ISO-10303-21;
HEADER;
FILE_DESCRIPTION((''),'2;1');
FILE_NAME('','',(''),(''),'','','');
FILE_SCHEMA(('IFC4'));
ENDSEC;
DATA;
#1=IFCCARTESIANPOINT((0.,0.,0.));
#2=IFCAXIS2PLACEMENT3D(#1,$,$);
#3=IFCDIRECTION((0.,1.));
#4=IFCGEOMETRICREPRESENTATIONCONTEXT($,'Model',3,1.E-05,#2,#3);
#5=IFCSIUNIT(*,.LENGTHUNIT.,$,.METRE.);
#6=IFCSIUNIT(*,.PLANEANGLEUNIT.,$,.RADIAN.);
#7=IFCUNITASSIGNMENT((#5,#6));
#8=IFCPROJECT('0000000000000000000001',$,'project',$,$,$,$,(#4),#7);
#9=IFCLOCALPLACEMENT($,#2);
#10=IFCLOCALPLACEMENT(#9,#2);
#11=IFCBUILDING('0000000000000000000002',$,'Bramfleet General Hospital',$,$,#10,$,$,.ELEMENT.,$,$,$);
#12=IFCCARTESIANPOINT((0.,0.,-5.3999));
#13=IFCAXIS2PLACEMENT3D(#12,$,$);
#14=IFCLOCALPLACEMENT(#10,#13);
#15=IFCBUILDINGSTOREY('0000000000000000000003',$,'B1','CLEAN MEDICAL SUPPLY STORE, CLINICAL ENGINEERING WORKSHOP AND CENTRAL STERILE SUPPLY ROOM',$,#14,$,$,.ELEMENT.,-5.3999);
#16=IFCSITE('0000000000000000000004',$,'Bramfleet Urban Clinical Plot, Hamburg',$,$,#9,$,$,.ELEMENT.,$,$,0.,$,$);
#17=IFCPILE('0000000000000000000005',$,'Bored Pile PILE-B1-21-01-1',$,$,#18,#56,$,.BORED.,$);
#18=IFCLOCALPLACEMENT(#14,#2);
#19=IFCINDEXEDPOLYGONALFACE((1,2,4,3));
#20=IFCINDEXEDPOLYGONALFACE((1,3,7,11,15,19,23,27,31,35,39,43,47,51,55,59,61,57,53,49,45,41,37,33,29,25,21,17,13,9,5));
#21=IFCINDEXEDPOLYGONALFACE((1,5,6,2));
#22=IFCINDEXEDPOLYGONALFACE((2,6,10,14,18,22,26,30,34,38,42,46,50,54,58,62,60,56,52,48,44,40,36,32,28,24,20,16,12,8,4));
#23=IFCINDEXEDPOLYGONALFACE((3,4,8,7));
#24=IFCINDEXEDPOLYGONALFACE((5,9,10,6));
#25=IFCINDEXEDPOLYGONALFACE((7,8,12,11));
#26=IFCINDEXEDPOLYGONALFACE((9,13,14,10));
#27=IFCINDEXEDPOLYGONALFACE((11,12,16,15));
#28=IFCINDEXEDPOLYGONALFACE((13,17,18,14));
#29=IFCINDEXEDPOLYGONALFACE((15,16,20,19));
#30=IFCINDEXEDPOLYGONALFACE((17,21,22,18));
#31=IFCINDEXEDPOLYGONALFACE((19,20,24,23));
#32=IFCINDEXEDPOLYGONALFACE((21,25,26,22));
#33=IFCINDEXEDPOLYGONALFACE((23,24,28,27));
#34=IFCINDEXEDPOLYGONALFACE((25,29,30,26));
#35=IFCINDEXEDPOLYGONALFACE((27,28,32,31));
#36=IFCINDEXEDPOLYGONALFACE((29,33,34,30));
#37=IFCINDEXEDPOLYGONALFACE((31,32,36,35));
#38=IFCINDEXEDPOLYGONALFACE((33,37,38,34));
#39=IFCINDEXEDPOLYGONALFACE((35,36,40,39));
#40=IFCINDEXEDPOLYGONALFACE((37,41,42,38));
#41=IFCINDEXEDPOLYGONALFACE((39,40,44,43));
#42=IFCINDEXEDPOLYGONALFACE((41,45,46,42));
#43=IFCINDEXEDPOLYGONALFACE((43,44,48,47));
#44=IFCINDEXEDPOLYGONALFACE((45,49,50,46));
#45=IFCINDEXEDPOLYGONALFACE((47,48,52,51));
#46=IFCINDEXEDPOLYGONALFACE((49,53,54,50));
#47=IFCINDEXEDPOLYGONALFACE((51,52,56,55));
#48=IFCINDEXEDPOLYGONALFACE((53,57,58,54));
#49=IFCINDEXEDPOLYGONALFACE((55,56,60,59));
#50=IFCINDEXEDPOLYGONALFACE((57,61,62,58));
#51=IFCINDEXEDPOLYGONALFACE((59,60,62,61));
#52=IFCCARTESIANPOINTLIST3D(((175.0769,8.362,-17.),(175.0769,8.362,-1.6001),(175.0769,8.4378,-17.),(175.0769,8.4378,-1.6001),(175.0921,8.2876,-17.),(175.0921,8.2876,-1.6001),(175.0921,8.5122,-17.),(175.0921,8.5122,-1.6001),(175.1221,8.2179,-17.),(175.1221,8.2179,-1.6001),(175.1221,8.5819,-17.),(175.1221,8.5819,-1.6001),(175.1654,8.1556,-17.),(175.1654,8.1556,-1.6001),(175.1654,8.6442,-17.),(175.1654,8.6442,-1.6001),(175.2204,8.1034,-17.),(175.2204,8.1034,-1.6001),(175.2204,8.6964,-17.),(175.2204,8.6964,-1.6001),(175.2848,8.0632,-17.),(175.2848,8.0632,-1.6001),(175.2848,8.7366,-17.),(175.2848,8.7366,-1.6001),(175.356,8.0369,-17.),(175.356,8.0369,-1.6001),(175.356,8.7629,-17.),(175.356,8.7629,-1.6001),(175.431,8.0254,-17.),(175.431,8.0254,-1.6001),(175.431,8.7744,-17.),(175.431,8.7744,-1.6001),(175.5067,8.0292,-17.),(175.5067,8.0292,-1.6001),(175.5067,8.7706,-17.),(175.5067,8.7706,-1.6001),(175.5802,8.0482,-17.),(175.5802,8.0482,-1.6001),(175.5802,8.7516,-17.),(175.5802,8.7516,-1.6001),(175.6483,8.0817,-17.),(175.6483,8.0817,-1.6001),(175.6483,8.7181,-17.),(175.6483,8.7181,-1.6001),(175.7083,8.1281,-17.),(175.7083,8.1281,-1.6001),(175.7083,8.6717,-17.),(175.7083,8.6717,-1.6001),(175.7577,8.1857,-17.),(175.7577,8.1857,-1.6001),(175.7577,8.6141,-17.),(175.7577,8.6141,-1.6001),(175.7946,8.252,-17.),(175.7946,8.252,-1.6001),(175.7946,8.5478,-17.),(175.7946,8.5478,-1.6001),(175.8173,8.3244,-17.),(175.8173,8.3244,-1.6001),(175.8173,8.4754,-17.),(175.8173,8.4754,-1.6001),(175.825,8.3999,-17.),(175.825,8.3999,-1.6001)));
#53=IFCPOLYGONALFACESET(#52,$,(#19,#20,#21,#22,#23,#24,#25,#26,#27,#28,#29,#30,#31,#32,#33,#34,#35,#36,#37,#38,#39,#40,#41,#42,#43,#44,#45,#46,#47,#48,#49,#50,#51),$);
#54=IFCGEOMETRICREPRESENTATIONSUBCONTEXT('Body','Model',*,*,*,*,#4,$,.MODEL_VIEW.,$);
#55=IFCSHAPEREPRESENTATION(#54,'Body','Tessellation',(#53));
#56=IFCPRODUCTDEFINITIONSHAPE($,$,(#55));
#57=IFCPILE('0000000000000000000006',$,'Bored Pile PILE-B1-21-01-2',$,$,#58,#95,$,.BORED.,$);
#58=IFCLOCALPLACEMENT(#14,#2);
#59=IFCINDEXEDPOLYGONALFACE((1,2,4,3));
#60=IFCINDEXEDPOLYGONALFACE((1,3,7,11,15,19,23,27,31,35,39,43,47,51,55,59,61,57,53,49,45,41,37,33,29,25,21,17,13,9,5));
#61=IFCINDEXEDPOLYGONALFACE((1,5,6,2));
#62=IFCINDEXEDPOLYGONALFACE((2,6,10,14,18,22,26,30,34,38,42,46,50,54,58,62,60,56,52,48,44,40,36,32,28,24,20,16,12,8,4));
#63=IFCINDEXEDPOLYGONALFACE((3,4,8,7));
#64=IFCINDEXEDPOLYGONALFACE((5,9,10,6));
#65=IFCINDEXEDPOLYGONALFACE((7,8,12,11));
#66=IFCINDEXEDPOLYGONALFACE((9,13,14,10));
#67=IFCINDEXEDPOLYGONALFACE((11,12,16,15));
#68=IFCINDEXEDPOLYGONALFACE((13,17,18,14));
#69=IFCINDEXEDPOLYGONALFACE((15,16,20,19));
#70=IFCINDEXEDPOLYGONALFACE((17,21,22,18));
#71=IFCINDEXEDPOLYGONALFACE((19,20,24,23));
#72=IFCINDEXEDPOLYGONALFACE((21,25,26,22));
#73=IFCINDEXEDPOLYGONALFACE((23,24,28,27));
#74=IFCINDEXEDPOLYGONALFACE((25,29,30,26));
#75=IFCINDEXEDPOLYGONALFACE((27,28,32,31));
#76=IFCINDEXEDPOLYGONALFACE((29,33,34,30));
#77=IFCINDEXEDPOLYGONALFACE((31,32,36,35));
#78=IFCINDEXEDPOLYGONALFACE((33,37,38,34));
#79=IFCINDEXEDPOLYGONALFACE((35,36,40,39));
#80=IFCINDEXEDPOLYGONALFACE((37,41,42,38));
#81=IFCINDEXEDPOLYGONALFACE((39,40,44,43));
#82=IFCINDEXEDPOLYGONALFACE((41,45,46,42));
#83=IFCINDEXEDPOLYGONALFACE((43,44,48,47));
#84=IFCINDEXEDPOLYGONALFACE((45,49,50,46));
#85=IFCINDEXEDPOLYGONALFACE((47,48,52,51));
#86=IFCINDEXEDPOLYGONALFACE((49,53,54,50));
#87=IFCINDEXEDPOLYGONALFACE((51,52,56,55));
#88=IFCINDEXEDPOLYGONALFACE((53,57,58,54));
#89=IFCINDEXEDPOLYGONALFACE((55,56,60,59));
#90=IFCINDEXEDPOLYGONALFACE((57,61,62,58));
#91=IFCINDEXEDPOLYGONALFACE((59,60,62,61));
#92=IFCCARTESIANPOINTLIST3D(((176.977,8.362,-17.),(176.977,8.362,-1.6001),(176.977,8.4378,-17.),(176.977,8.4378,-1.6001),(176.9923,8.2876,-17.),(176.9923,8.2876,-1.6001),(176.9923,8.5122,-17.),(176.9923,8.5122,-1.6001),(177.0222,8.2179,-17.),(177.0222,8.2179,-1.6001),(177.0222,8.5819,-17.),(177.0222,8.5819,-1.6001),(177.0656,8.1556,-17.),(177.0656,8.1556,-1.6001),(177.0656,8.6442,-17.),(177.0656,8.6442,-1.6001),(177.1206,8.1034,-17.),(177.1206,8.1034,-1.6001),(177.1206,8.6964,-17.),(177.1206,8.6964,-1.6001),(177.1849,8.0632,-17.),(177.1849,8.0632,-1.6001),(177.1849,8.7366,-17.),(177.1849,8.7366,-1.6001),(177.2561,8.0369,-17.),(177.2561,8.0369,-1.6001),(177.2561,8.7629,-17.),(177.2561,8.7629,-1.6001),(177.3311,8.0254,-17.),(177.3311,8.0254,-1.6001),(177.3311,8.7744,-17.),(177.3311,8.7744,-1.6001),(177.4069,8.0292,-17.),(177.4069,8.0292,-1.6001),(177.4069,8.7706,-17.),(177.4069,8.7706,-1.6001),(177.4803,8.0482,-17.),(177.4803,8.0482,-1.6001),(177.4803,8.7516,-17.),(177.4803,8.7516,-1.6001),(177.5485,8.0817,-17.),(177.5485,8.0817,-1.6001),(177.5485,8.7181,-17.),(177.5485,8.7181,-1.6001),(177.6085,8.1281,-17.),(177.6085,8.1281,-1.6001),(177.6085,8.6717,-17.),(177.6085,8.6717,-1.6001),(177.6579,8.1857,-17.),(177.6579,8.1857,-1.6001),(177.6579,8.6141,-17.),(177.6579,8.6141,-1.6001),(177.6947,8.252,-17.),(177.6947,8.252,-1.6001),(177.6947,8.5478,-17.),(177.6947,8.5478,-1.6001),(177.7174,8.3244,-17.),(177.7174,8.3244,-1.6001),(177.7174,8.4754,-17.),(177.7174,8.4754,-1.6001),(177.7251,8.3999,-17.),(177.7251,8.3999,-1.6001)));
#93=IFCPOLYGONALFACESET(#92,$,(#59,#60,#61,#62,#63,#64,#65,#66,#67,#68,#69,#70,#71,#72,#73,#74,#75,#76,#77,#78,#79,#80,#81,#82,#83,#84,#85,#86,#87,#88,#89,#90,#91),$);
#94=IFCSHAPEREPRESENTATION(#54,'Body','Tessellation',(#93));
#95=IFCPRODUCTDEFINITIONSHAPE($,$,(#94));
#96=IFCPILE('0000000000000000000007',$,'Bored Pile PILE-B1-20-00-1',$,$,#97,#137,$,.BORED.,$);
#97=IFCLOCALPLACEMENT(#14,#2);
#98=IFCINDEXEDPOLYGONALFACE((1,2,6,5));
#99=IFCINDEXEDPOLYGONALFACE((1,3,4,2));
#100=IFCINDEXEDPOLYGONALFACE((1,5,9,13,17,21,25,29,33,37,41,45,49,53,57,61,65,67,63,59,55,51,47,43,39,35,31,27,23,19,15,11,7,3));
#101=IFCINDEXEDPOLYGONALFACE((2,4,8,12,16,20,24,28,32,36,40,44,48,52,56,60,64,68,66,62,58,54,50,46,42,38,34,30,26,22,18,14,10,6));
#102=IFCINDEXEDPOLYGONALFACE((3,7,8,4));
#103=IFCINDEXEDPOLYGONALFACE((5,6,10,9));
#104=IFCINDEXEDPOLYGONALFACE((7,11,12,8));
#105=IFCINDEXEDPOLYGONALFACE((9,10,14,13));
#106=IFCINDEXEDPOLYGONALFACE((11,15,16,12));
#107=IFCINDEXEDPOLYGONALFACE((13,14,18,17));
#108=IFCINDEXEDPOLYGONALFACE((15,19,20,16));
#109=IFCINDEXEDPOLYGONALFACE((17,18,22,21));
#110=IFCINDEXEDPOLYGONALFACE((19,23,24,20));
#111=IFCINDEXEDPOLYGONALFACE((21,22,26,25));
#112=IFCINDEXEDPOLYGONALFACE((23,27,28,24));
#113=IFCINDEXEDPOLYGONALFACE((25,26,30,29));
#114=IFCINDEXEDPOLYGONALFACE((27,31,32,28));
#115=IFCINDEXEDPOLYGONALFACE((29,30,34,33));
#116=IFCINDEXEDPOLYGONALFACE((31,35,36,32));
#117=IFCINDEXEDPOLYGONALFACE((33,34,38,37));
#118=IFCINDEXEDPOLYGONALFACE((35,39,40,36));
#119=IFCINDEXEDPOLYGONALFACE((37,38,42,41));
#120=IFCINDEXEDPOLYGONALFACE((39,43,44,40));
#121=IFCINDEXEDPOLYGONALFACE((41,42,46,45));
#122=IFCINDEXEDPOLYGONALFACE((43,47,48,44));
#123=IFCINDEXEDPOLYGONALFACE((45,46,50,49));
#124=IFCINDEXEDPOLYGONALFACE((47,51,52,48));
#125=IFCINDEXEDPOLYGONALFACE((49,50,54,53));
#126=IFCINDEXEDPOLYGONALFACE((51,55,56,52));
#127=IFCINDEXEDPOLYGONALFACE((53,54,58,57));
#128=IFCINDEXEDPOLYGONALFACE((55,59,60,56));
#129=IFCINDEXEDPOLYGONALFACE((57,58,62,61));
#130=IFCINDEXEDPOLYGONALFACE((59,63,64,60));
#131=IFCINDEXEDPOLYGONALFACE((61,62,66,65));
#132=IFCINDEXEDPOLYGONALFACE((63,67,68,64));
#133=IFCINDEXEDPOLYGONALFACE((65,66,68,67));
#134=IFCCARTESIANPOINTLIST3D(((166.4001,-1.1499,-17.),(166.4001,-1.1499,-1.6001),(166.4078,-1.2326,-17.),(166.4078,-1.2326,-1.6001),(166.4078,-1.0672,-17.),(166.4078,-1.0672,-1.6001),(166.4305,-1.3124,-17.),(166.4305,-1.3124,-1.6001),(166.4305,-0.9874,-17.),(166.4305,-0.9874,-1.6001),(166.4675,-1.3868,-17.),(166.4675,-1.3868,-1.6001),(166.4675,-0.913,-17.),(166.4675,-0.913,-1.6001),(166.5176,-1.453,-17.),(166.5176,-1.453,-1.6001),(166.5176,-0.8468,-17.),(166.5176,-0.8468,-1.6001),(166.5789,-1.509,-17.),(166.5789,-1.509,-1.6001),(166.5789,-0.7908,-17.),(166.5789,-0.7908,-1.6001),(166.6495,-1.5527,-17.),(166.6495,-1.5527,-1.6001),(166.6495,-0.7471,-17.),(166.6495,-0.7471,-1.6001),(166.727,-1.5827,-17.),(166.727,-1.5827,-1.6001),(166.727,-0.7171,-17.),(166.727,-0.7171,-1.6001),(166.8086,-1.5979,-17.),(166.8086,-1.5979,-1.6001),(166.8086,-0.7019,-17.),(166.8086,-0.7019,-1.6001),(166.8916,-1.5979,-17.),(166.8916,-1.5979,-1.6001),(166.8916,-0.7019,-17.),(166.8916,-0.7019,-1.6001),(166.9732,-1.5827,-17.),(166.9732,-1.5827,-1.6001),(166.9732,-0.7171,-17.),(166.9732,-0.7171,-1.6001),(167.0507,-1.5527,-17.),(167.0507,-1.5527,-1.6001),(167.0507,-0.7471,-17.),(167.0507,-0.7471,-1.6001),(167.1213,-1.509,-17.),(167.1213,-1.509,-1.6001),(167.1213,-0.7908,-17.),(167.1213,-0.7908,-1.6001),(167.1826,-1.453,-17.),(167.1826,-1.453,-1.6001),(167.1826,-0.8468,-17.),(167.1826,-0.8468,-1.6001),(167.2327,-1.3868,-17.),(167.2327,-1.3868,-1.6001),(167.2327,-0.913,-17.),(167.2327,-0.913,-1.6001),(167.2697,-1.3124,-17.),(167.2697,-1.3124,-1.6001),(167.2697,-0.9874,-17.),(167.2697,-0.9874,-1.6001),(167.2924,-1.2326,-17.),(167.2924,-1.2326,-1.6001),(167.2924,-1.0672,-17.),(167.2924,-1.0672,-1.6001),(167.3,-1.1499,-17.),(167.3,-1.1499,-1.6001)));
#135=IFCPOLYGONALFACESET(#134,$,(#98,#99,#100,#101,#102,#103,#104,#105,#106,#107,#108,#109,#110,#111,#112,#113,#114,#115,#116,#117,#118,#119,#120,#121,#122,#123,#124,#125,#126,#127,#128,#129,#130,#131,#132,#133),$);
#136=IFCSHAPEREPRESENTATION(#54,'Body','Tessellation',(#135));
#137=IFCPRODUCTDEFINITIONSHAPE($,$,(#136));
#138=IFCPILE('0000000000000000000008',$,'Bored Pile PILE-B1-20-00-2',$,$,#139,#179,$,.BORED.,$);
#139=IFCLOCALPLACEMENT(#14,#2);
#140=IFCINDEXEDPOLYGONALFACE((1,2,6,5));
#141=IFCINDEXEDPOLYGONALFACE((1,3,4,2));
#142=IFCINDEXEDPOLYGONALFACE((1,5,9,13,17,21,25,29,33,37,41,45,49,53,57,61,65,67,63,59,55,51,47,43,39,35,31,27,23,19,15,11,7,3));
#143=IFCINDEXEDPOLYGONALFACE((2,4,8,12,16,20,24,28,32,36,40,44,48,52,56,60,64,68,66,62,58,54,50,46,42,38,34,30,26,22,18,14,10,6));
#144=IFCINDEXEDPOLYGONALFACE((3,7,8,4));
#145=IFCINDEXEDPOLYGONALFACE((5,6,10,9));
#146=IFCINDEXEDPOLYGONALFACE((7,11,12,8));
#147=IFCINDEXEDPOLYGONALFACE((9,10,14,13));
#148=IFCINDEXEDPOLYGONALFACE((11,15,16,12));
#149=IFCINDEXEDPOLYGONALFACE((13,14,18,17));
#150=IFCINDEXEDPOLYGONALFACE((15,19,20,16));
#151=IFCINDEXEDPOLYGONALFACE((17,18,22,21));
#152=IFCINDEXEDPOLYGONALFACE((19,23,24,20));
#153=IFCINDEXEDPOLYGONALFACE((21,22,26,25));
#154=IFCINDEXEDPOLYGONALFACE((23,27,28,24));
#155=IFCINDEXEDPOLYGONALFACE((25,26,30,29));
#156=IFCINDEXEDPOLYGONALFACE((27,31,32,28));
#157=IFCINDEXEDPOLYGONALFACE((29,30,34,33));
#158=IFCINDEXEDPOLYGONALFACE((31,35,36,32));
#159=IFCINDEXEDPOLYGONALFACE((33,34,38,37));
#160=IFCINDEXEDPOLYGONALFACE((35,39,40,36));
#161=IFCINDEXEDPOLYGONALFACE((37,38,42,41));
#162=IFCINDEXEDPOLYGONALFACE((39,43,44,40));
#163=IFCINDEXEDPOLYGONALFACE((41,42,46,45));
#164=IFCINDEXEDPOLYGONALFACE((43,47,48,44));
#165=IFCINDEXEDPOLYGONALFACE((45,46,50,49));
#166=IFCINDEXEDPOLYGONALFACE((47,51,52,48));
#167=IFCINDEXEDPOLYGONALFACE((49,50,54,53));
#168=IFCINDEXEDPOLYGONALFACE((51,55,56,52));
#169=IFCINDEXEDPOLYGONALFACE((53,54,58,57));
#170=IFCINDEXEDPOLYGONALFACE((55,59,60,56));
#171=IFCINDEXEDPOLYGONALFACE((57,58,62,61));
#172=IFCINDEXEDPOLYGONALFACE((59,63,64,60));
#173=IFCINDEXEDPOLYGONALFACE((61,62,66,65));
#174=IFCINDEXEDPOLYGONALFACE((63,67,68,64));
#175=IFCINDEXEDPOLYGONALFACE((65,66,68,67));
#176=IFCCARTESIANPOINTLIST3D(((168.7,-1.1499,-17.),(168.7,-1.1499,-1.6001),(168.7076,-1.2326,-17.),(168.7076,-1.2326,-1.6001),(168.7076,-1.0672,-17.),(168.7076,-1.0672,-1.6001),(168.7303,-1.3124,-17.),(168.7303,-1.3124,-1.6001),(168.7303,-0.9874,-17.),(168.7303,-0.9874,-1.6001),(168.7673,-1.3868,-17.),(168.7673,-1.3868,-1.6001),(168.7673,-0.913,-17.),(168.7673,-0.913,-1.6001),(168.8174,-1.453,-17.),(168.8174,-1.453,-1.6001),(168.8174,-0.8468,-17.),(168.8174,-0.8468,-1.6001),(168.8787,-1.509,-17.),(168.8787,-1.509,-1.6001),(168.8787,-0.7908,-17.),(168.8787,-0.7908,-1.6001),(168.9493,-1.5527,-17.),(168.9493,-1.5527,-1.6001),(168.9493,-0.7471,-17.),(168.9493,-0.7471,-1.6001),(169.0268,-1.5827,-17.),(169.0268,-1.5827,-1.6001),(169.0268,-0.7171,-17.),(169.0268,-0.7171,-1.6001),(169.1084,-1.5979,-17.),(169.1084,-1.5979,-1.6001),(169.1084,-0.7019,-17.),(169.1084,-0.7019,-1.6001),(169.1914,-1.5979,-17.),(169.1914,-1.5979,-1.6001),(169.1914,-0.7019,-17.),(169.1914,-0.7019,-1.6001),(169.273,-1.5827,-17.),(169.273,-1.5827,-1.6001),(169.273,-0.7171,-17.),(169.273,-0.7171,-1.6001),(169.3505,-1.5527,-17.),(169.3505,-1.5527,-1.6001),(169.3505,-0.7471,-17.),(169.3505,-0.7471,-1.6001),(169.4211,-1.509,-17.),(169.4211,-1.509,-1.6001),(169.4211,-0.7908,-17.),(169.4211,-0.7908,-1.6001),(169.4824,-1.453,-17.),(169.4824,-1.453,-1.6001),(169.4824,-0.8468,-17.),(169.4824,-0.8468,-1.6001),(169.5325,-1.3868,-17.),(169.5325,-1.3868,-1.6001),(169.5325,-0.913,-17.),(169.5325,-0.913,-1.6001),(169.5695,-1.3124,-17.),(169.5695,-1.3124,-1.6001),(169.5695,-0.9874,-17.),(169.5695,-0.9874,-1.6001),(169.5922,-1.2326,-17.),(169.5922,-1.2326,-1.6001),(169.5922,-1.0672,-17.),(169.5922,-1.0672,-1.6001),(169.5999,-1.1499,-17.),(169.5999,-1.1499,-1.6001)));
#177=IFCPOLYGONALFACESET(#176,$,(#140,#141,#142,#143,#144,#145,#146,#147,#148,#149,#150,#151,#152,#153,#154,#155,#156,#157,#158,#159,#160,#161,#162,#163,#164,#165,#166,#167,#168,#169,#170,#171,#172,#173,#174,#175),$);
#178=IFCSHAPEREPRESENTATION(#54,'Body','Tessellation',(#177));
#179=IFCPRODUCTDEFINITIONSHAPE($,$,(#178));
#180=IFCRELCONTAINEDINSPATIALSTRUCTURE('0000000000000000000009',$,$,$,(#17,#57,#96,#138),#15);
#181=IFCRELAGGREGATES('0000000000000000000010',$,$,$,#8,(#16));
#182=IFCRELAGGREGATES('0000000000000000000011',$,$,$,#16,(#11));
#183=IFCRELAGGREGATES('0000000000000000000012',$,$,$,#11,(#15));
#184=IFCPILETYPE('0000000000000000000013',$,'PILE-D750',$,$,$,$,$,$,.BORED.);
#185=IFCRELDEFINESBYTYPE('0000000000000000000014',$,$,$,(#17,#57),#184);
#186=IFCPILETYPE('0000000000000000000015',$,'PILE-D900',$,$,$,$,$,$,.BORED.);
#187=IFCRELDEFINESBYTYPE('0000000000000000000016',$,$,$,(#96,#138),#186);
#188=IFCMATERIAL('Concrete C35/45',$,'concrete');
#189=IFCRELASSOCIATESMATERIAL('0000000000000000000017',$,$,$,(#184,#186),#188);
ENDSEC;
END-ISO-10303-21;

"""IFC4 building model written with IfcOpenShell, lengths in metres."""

from ifc_helpers import new_model, si_unit, direction, frame, origin, origin_2d, place, context, subcontext, project, spatial, circle, extrude, material, material_profile, profile_set, type_object, element, save


model = new_model("IFC4")

# Units and contexts
model_context = context("Model", 3, precision=1e-05, world=origin(), true_north=direction((0.0, 1.0)))
body_context = subcontext(model_context, "Body", "Model", "MODEL_VIEW")
ifc_project = project(units=[si_unit("LENGTHUNIT", "METRE"), si_unit("PLANEANGLEUNIT", "RADIAN")], contexts=[model_context])

# Site, building, storey
site_placement = place(None, origin())
site = spatial("IfcSite", under=ifc_project, at=site_placement, Name="Bramfleet Urban Clinical Plot, Hamburg", CompositionType="ELEMENT", RefElevation=0.0)
building_placement = place(site_placement, origin())
building = spatial("IfcBuilding", under=site, at=building_placement, Name="Bramfleet General Hospital", CompositionType="ELEMENT")
storey_placement = place(building_placement, frame((0.0, 0.0, -5.3999)))
storey = spatial("IfcBuildingStorey", under=building, at=storey_placement, Name="B1", Description="CLEAN MEDICAL SUPPLY STORE, CLINICAL ENGINEERING WORKSHOP AND CENTRAL STERILE SUPPLY ROOM", CompositionType="ELEMENT", Elevation=-5.3999)

# Shared definitions
ifc_material_1 = material(Name="Concrete C35/45", Category="concrete")

# Piles
ifc_material_profile_1 = material_profile(ifc_material_1, circle(Radius=0.375, at=origin_2d()), Name="PILE BORED D750")
ifc_profile_set_1 = profile_set([ifc_material_profile_1], Name="Concrete C35/45")
pile_type_1 = type_object("IfcPileType", Name="PILE-D750", PredefinedType="BORED", material=ifc_profile_set_1)
for number, where, z_axis, x_axis, name in (
    (1, (175.45, 8.3999, -1.6001), (0.0, 0.0, -1.0), (1.0, 0.0, 0.0), "Bored Pile PILE-B1-21-01-1"),
    (2, (177.3501, 8.3999, -1.6001), (0.0, 0.0, -1.0), (1.0, 0.0, 0.0), "Bored Pile PILE-B1-21-01-2"),
):
    element("IfcPile", number, at=place(storey_placement, frame(where, z_axis=z_axis, x_axis=x_axis)), inside=storey, type_object=pile_type_1, Name=name, PredefinedType="BORED", context=body_context, shape_type="SweptSolid", body=[
        extrude(circle(Radius=0.375, at=origin_2d()), origin(), (0.0, 0.0, 1.0), 15.3999),
    ])
ifc_material_profile_2 = material_profile(ifc_material_1, circle(Radius=0.45, at=origin_2d()), Name="PILE BORED D900")
ifc_profile_set_2 = profile_set([ifc_material_profile_2], Name="Concrete C35/45")
pile_type_2 = type_object("IfcPileType", Name="PILE-D900", PredefinedType="BORED", material=ifc_profile_set_2)
for number, where, z_axis, x_axis, name in (
    (3, (166.8501, -1.1499, -1.6001), (0.0, 0.0, -1.0), (1.0, 0.0, 0.0), "Bored Pile PILE-B1-20-00-1"),
    (4, (169.1499, -1.1499, -1.6001), (0.0, 0.0, -1.0), (1.0, 0.0, 0.0), "Bored Pile PILE-B1-20-00-2"),
):
    element("IfcPile", number, at=place(storey_placement, frame(where, z_axis=z_axis, x_axis=x_axis)), inside=storey, type_object=pile_type_2, Name=name, PredefinedType="BORED", context=body_context, shape_type="SweptSolid", body=[
        extrude(circle(Radius=0.45, at=origin_2d()), origin(), (0.0, 0.0, 1.0), 15.3999),
    ])

save(model, "model.ifc")
